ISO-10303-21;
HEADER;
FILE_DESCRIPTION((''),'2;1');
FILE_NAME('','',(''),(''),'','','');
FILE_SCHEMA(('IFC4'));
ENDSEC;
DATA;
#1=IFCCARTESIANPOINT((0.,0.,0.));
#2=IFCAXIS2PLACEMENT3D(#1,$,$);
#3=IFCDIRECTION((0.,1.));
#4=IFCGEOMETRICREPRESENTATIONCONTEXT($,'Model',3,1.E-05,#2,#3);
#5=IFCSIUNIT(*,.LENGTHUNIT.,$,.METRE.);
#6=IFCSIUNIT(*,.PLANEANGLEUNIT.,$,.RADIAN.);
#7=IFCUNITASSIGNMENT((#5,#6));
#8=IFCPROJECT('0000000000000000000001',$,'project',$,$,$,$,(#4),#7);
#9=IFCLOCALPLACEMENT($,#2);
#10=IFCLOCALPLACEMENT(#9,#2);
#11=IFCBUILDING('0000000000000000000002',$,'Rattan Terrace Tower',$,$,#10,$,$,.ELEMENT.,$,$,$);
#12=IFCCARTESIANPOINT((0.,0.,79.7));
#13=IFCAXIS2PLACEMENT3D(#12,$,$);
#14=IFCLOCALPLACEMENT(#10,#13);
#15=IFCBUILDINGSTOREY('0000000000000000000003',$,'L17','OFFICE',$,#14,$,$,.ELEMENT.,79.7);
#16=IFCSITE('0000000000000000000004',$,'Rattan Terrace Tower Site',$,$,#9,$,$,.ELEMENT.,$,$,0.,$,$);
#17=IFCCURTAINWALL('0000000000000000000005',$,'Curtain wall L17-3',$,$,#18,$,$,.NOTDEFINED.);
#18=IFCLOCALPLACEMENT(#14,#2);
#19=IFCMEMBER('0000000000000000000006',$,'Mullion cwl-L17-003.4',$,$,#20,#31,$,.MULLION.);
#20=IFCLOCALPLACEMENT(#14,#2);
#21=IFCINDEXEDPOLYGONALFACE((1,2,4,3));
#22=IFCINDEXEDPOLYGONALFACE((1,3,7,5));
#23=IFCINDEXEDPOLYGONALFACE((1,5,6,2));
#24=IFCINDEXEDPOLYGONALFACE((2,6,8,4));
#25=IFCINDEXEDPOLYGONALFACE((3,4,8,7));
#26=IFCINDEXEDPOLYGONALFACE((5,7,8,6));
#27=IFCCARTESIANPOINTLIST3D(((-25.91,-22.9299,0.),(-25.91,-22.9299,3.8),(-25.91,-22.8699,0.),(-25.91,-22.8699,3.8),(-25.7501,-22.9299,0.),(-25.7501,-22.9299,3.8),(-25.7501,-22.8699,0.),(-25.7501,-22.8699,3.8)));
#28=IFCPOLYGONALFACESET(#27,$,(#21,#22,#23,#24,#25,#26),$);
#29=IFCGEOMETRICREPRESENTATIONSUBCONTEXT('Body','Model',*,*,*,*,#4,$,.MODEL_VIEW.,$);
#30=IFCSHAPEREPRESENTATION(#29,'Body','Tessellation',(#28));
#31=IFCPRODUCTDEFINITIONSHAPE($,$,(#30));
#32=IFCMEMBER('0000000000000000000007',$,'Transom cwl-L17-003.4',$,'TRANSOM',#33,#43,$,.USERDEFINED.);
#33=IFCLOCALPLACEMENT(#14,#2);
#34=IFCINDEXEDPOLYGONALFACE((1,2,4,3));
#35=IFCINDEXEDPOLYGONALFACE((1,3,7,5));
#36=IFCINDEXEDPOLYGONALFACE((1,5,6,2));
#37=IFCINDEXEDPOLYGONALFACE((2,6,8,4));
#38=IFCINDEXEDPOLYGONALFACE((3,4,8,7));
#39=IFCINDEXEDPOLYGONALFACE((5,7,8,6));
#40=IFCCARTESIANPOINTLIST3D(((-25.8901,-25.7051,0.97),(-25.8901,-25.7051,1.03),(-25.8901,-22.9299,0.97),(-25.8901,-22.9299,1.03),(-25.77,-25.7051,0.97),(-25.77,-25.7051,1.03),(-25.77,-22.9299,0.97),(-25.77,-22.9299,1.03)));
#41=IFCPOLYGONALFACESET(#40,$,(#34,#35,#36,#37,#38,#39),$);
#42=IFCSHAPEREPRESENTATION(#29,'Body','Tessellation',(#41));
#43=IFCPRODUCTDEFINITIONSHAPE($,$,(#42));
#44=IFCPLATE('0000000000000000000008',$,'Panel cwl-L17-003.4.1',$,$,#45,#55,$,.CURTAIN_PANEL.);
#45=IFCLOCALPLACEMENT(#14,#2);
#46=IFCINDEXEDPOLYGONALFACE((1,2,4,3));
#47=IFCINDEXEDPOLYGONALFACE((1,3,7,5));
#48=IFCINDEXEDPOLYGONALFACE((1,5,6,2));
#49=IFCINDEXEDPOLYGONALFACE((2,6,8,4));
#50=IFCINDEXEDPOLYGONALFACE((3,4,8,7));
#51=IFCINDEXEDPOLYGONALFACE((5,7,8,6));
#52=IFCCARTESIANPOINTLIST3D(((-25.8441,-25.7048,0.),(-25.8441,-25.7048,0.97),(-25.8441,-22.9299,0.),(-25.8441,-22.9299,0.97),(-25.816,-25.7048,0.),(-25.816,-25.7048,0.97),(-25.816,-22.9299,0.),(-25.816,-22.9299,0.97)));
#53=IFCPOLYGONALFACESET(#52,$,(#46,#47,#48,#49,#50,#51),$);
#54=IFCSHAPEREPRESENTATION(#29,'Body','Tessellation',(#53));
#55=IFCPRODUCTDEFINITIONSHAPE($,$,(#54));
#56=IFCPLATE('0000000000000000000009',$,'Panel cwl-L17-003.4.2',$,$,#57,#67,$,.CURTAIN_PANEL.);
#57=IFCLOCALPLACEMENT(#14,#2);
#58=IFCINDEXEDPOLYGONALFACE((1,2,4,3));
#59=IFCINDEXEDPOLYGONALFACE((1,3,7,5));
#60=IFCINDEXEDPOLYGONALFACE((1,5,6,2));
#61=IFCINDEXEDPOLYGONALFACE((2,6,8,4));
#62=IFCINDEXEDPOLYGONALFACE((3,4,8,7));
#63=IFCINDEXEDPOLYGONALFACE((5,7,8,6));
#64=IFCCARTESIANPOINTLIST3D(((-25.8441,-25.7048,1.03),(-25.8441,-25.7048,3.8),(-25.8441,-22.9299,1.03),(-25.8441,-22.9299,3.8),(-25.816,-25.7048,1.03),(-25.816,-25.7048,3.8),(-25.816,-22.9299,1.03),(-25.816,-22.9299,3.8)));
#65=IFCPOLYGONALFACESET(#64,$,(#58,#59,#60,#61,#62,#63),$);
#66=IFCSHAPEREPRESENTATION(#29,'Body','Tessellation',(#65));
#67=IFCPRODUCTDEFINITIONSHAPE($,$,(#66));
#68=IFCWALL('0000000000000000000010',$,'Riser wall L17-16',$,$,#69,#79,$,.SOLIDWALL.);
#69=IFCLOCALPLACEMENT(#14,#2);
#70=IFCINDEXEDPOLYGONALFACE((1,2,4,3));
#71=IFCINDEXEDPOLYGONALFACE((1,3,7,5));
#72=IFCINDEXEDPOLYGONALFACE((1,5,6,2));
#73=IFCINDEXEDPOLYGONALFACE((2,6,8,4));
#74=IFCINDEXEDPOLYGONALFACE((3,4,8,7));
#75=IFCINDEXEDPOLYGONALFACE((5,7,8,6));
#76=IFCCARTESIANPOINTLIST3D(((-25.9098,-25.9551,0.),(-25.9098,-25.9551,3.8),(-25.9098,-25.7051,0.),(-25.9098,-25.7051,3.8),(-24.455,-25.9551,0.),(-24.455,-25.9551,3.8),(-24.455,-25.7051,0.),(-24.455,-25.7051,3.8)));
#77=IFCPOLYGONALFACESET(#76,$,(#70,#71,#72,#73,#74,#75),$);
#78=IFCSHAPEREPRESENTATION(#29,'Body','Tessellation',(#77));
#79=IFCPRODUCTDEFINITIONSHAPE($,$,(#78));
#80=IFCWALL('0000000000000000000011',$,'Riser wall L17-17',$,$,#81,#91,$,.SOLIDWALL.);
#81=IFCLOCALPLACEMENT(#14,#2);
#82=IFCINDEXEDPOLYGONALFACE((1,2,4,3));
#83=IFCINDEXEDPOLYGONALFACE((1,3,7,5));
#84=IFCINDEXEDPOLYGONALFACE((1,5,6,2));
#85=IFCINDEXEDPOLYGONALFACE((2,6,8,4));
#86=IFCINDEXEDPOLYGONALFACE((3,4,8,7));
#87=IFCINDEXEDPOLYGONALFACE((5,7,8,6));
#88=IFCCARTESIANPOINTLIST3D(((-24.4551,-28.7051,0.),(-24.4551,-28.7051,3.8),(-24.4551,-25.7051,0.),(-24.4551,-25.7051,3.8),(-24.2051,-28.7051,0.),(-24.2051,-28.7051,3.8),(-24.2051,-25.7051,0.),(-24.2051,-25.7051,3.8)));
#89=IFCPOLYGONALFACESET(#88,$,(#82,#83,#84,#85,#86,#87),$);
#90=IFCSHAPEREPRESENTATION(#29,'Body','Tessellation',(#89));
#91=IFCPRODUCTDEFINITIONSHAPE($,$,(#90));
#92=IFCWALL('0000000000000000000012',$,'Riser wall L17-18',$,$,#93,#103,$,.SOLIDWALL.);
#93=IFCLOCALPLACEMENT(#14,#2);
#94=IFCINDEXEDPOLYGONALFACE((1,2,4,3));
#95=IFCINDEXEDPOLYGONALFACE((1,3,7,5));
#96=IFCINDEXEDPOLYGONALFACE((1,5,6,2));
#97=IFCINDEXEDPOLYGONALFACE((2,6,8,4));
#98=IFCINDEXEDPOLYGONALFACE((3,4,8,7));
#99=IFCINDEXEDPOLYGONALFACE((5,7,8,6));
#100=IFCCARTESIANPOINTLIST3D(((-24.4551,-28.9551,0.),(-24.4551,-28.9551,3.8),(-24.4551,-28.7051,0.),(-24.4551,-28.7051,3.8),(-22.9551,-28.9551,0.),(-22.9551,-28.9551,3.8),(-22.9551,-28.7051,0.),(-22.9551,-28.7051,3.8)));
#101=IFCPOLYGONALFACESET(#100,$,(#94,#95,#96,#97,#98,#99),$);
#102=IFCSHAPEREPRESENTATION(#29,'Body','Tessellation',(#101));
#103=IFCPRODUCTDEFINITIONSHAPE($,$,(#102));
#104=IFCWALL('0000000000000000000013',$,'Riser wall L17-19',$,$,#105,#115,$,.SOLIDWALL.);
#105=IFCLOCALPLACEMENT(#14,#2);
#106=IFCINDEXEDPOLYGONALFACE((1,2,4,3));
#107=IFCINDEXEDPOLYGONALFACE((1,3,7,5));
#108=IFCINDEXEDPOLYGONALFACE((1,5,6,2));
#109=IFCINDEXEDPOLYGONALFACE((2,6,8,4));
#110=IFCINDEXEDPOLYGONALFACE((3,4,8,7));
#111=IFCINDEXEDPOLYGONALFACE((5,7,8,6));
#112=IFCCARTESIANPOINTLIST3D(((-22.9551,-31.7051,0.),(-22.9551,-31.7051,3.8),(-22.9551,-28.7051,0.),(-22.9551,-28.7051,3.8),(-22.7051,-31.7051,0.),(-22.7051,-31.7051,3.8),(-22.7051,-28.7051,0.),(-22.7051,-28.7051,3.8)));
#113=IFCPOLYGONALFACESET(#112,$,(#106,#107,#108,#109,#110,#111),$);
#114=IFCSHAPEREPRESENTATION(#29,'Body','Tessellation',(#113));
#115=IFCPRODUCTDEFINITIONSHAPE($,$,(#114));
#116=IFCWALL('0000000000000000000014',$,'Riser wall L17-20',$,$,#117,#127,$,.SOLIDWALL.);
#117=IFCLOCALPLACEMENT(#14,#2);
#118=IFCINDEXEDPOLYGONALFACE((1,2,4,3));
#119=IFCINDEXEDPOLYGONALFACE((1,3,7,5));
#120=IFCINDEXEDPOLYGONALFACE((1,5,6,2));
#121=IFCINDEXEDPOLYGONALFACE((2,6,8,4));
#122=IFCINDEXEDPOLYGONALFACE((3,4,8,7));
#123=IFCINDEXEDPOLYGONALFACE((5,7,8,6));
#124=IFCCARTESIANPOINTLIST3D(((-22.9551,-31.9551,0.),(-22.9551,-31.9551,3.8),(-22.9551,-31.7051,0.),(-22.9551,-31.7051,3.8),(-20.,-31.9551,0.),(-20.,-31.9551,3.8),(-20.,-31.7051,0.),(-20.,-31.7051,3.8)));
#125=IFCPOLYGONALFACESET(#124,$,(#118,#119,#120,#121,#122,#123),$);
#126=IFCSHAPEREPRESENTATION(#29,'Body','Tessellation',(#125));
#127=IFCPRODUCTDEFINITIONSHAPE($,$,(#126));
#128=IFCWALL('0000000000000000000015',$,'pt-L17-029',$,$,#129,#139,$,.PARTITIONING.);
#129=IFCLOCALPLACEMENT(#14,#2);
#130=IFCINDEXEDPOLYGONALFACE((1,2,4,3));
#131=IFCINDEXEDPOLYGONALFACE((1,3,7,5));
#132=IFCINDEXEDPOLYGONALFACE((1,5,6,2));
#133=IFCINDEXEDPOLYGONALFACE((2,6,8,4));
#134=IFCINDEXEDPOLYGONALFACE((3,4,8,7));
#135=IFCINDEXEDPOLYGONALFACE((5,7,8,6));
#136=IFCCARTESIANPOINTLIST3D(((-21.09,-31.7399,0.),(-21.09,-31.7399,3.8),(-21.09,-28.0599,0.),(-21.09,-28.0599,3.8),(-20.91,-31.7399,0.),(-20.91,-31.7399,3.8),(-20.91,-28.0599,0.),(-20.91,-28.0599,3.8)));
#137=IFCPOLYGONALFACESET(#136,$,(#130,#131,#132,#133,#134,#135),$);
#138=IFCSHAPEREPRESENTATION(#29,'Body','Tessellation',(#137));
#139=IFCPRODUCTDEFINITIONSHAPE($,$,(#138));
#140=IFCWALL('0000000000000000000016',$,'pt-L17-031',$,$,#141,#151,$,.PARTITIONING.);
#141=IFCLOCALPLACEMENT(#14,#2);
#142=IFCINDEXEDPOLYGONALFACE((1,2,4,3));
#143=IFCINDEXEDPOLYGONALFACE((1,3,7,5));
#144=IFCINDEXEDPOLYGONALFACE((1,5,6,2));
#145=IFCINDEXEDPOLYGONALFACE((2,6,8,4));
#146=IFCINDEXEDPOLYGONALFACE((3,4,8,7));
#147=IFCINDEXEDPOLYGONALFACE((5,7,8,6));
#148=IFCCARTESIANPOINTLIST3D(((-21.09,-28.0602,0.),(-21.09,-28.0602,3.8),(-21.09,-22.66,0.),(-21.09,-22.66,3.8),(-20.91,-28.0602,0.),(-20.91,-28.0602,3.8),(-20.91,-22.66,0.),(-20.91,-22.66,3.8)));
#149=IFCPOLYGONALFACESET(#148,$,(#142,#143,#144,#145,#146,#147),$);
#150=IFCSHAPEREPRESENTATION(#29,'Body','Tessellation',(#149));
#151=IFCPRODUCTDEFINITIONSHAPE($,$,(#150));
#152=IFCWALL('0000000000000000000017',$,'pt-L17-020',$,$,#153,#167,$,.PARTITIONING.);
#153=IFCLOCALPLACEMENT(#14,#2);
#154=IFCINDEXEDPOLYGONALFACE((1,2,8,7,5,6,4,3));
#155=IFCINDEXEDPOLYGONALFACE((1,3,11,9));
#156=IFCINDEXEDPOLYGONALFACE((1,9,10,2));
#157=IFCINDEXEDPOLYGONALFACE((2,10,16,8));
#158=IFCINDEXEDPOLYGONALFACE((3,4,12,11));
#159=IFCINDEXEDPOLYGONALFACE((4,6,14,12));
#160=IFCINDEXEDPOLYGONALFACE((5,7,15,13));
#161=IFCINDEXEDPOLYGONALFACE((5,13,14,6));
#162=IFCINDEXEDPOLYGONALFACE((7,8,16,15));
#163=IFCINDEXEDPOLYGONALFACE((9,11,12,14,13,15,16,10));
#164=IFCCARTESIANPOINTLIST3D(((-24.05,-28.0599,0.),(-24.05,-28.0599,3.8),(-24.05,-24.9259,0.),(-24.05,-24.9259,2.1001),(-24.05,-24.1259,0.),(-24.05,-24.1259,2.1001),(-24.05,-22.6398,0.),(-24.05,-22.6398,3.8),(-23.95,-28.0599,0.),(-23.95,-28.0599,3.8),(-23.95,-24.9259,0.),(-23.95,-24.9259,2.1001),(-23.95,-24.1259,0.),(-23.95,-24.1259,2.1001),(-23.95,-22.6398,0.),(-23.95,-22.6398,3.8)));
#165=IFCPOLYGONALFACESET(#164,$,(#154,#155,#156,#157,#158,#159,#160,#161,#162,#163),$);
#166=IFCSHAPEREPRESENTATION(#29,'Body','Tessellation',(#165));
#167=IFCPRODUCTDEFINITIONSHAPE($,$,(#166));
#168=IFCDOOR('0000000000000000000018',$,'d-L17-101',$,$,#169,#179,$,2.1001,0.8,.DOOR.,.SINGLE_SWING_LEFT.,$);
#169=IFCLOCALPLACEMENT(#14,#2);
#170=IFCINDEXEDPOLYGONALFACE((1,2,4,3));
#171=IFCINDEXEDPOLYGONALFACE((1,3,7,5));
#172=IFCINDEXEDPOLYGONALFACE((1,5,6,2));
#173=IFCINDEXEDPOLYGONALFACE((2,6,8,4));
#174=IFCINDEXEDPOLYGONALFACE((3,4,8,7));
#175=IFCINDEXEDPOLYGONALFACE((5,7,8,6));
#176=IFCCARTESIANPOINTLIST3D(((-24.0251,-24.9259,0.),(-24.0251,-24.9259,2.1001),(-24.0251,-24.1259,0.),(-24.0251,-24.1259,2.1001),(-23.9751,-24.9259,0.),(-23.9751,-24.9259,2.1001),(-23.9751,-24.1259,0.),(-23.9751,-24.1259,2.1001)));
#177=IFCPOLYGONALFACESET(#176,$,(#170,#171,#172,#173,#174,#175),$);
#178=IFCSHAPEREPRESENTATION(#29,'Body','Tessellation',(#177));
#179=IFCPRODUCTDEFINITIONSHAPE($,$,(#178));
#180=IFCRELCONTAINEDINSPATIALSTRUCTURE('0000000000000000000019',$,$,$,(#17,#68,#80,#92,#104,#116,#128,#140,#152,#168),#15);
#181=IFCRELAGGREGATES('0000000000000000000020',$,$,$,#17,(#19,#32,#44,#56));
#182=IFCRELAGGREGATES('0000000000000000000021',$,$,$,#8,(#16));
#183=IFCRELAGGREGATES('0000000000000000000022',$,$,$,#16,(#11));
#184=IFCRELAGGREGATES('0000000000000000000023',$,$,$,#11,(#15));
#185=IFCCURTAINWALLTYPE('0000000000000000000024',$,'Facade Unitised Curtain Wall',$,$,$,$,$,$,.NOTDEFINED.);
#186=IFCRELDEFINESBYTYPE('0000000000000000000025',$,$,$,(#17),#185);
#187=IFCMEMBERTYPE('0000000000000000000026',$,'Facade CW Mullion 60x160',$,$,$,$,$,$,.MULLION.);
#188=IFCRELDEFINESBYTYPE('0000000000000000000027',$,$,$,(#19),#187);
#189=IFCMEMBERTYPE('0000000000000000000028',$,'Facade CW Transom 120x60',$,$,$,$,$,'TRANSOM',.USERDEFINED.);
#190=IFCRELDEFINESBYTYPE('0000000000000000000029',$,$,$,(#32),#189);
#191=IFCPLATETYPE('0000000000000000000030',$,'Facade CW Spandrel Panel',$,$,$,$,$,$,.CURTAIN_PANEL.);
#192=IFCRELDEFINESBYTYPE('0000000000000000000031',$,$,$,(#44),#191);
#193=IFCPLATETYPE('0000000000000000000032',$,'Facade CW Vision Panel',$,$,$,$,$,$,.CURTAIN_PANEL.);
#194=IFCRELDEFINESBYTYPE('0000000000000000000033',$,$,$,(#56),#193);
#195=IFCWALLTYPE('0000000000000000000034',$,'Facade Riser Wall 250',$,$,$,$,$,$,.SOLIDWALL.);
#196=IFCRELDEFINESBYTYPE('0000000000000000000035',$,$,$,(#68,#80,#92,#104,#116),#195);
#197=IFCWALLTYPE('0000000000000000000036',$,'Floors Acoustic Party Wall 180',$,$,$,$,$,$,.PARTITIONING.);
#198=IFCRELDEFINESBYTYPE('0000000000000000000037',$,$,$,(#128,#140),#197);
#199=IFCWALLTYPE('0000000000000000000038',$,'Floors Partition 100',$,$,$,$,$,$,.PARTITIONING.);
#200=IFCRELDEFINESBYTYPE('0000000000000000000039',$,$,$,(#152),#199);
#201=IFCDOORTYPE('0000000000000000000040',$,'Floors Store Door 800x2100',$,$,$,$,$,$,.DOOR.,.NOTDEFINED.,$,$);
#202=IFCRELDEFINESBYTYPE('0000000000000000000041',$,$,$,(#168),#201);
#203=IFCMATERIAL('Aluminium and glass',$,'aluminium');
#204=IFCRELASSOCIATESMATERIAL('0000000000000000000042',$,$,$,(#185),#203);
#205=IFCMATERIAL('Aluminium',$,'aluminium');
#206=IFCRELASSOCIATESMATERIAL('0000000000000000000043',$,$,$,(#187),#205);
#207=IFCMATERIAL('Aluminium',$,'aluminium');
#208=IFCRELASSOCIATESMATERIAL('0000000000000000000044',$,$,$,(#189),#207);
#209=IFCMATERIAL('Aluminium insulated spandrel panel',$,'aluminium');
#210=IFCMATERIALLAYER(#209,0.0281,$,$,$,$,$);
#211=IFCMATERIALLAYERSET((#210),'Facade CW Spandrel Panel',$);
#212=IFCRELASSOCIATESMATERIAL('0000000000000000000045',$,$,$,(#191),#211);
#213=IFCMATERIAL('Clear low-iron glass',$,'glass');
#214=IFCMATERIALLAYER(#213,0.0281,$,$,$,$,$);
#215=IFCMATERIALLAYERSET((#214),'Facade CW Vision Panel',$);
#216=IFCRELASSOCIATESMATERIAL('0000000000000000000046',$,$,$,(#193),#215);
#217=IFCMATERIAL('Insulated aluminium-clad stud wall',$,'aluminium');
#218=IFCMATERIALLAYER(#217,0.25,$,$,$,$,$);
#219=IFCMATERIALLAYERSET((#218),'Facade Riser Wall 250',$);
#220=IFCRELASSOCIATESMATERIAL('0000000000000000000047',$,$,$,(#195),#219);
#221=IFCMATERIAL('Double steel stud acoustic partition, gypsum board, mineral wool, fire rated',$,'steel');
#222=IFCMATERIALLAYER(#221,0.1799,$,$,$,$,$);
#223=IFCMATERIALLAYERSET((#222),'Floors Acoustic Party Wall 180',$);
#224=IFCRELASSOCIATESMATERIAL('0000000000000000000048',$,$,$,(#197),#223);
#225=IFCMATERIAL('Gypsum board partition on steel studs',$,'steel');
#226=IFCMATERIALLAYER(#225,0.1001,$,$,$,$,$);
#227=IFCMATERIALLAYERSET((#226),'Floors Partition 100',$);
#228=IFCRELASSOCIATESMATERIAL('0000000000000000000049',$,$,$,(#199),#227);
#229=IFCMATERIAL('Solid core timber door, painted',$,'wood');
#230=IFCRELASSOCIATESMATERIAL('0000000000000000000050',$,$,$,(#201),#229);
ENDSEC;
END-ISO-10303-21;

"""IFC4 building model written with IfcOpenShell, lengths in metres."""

from ifc_helpers import new_model, si_unit, direction, frame, frame_2d, origin, origin_2d, place, context, subcontext, project, spatial, rectangle, extrude, material, layer, layer_set, material_profile, profile_set, type_object, element, fill, aggregate, save


model = new_model("IFC4")

# Units and contexts
model_context = context("Model", 3, precision=1e-05, world=origin(), true_north=direction((0.0, 1.0)))
body_context = subcontext(model_context, "Body", "Model", "MODEL_VIEW")
ifc_project = project(units=[si_unit("LENGTHUNIT", "METRE"), si_unit("PLANEANGLEUNIT", "RADIAN")], contexts=[model_context])

# Site, building, storey
site_placement = place(None, origin())
site = spatial("IfcSite", under=ifc_project, at=site_placement, Name="Rattan Terrace Tower Site", CompositionType="ELEMENT", RefElevation=0.0)
building_placement = place(site_placement, origin())
building = spatial("IfcBuilding", under=site, at=building_placement, Name="Rattan Terrace Tower", CompositionType="ELEMENT")
storey_placement = place(building_placement, frame((0.0, 0.0, 79.7)))
storey = spatial("IfcBuildingStorey", under=building, at=storey_placement, Name="L17", Description="OFFICE", CompositionType="ELEMENT", Elevation=79.7)

# Curtain wall, members, plates
ifc_material_1 = material(Name="Aluminium and glass", Category="aluminium")
curtain_wall_type = type_object("IfcCurtainWallType", Name="Facade Unitised Curtain Wall", PredefinedType="NOTDEFINED", material=ifc_material_1)
curtain_wall_placement = place(storey_placement, origin())
curtain_wall = element("IfcCurtainWall", 1, at=curtain_wall_placement, inside=storey, type_object=curtain_wall_type, Name="Curtain wall L17-3", PredefinedType="NOTDEFINED")
ifc_material_2 = material(Name="Aluminium", Category="aluminium")
ifc_material_profile_1 = material_profile(ifc_material_2, rectangle(XDim=0.0601, YDim=0.1599, at=origin_2d()), Name="Aluminium 60x160")
ifc_profile_set_1 = profile_set([ifc_material_profile_1], Name="Aluminium")
member_type_1 = type_object("IfcMemberType", Name="Facade CW Mullion 60x160", PredefinedType="MULLION", material=ifc_profile_set_1)
member_1_placement = place(storey_placement, frame((-25.8301, -22.8999, 0.0), z_axis=(0.0, 0.0, 1.0), x_axis=(0.0, -1.0, 0.0)))
member_1 = element("IfcMember", 2, at=member_1_placement, type_object=member_type_1, Name="Mullion cwl-L17-003.4", PredefinedType="MULLION", context=body_context, shape_type="SweptSolid", body=[
    extrude(rectangle(XDim=0.0601, YDim=0.1599, at=origin_2d()), origin(), (0.0, 0.0, 1.0), 3.8),
])
ifc_material_3 = material(Name="Aluminium", Category="aluminium")
ifc_material_profile_2 = material_profile(ifc_material_3, rectangle(XDim=0.1201, YDim=0.0601, at=origin_2d()), Name="Aluminium 120x60")
ifc_profile_set_2 = profile_set([ifc_material_profile_2], Name="Aluminium")
member_type_2 = type_object("IfcMemberType", Name="Facade CW Transom 120x60", ElementType="TRANSOM", PredefinedType="USERDEFINED", material=ifc_profile_set_2)
member_2_placement = place(storey_placement, frame((-25.8301, -22.9299, 1.0), z_axis=(0.0, -1.0, 0.0), x_axis=(1.0, 0.0, 0.0)))
member_2 = element("IfcMember", 3, at=member_2_placement, type_object=member_type_2, Name="Transom cwl-L17-003.4", ObjectType="TRANSOM", PredefinedType="USERDEFINED", context=body_context, shape_type="SweptSolid", body=[
    extrude(rectangle(XDim=0.1201, YDim=0.0601, at=origin_2d()), origin(), (0.0, 0.0, 1.0), 2.7751),
])
ifc_material_4 = material(Name="Aluminium insulated spandrel panel", Category="aluminium")
ifc_layer_1 = layer(ifc_material_4, 0.0281)
ifc_layer_set_1 = layer_set([ifc_layer_1], Name="Facade CW Spandrel Panel")
plate_type_1 = type_object("IfcPlateType", Name="Facade CW Spandrel Panel", PredefinedType="CURTAIN_PANEL", material=ifc_layer_set_1)
plate_1_placement = place(storey_placement, frame((-25.8301, -24.3174, 0.0), z_axis=(0.0, 0.0, 1.0), x_axis=(0.0, -1.0, 0.0)))
plate_1 = element("IfcPlate", 4, at=plate_1_placement, type_object=plate_type_1, Name="Panel cwl-L17-003.4.1", PredefinedType="CURTAIN_PANEL", context=body_context, shape_type="SweptSolid", body=[
    extrude(rectangle(XDim=2.7749, YDim=0.0281, at=origin_2d()), origin(), (0.0, 0.0, 1.0), 0.97),
])
ifc_material_5 = material(Name="Clear low-iron glass", Category="glass")
ifc_layer_2 = layer(ifc_material_5, 0.0281)
ifc_layer_set_2 = layer_set([ifc_layer_2], Name="Facade CW Vision Panel")
plate_type_2 = type_object("IfcPlateType", Name="Facade CW Vision Panel", PredefinedType="CURTAIN_PANEL", material=ifc_layer_set_2)
plate_2_placement = place(storey_placement, frame((-25.8301, -24.3174, 1.03), z_axis=(0.0, 0.0, 1.0), x_axis=(0.0, -1.0, 0.0)))
plate_2 = element("IfcPlate", 5, at=plate_2_placement, type_object=plate_type_2, Name="Panel cwl-L17-003.4.2", PredefinedType="CURTAIN_PANEL", context=body_context, shape_type="SweptSolid", body=[
    extrude(rectangle(XDim=2.7749, YDim=0.0281, at=origin_2d()), origin(), (0.0, 0.0, 1.0), 2.77),
])
aggregate(curtain_wall, [member_1, member_2, plate_1, plate_2])

# Walls
ifc_material_6 = material(Name="Insulated aluminium-clad stud wall", Category="aluminium")
ifc_layer_3 = layer(ifc_material_6, 0.25)
ifc_layer_set_3 = layer_set([ifc_layer_3], Name="Facade Riser Wall 250")
wall_type_1 = type_object("IfcWallType", Name="Facade Riser Wall 250", PredefinedType="SOLIDWALL", material=ifc_layer_set_3)
wall_1_placement = place(storey_placement, frame((-25.9099, -25.8301, 0.0), z_axis=(0.0, 0.0, 1.0), x_axis=(1.0, 0.0, 0.0)))
element("IfcWall", 6, at=wall_1_placement, inside=storey, type_object=wall_type_1, Name="Riser wall L17-16", PredefinedType="SOLIDWALL", context=body_context, shape_type="SweptSolid", body=[
    extrude(rectangle(XDim=1.4548, YDim=0.25, at=frame_2d((0.7275, 0.0))), origin(), (0.0, 0.0, 1.0), 3.8),
])
wall_2_placement = place(storey_placement, frame((-24.3301, -25.7051, 0.0), z_axis=(0.0, 0.0, 1.0), x_axis=(0.0, -1.0, 0.0)))
element("IfcWall", 7, at=wall_2_placement, inside=storey, type_object=wall_type_1, Name="Riser wall L17-17", PredefinedType="SOLIDWALL", context=body_context, shape_type="SweptSolid", body=[
    extrude(rectangle(XDim=3.0, YDim=0.25, at=frame_2d((1.5, 0.0))), origin(), (0.0, 0.0, 1.0), 3.8),
])
wall_3_placement = place(storey_placement, frame((-24.4551, -28.8301, 0.0), z_axis=(0.0, 0.0, 1.0), x_axis=(1.0, 0.0, 0.0)))
element("IfcWall", 8, at=wall_3_placement, inside=storey, type_object=wall_type_1, Name="Riser wall L17-18", PredefinedType="SOLIDWALL", context=body_context, shape_type="SweptSolid", body=[
    extrude(rectangle(XDim=1.5, YDim=0.25, at=frame_2d((0.75, 0.0))), origin(), (0.0, 0.0, 1.0), 3.8),
])
wall_4_placement = place(storey_placement, frame((-22.8301, -28.7051, 0.0), z_axis=(0.0, 0.0, 1.0), x_axis=(0.0, -1.0, 0.0)))
element("IfcWall", 9, at=wall_4_placement, inside=storey, type_object=wall_type_1, Name="Riser wall L17-19", PredefinedType="SOLIDWALL", context=body_context, shape_type="SweptSolid", body=[
    extrude(rectangle(XDim=3.0, YDim=0.25, at=frame_2d((1.5, 0.0))), origin(), (0.0, 0.0, 1.0), 3.8),
])
wall_5_placement = place(storey_placement, frame((-22.9551, -31.8301, 0.0), z_axis=(0.0, 0.0, 1.0), x_axis=(1.0, 0.0, 0.0)))
element("IfcWall", 10, at=wall_5_placement, inside=storey, type_object=wall_type_1, Name="Riser wall L17-20", PredefinedType="SOLIDWALL", context=body_context, shape_type="SweptSolid", body=[
    extrude(rectangle(XDim=2.9551, YDim=0.25, at=frame_2d((1.4775, 0.0))), origin(), (0.0, 0.0, 1.0), 3.8),
])
ifc_material_7 = material(Name="Double steel stud acoustic partition, gypsum board, mineral wool, fire rated", Category="steel")
ifc_layer_4 = layer(ifc_material_7, 0.1799)
ifc_layer_set_4 = layer_set([ifc_layer_4], Name="Floors Acoustic Party Wall 180")
wall_type_2 = type_object("IfcWallType", Name="Floors Acoustic Party Wall 180", PredefinedType="PARTITIONING", material=ifc_layer_set_4)
wall_6_placement = place(storey_placement, frame((-21.0, -28.0601, 0.0), z_axis=(0.0, 0.0, 1.0), x_axis=(0.0, -1.0, 0.0)))
element("IfcWall", 11, at=wall_6_placement, inside=storey, type_object=wall_type_2, Name="pt-L17-029", PredefinedType="PARTITIONING", context=body_context, shape_type="SweptSolid", body=[
    extrude(rectangle(XDim=3.6799, YDim=0.1799, at=frame_2d((1.8398, 0.0))), origin(), (0.0, 0.0, 1.0), 3.8),
])
wall_7_placement = place(storey_placement, frame((-21.0, -22.6599, 0.0), z_axis=(0.0, 0.0, 1.0), x_axis=(0.0, -1.0, 0.0)))
element("IfcWall", 12, at=wall_7_placement, inside=storey, type_object=wall_type_2, Name="pt-L17-031", PredefinedType="PARTITIONING", context=body_context, shape_type="SweptSolid", body=[
    extrude(rectangle(XDim=5.4001, YDim=0.1799, at=frame_2d((2.7002, 0.0))), origin(), (0.0, 0.0, 1.0), 3.8),
])

# Wall, opening, door
ifc_material_8 = material(Name="Gypsum board partition on steel studs", Category="steel")
ifc_layer_5 = layer(ifc_material_8, 0.1001)
ifc_layer_set_5 = layer_set([ifc_layer_5], Name="Floors Partition 100")
wall_type_3 = type_object("IfcWallType", Name="Floors Partition 100", PredefinedType="PARTITIONING", material=ifc_layer_set_5)
wall_8_placement = place(storey_placement, frame((-24.0, -22.6399, 0.0), z_axis=(0.0, 0.0, 1.0), x_axis=(0.0, -1.0, 0.0)))
wall_8 = element("IfcWall", 13, at=wall_8_placement, inside=storey, type_object=wall_type_3, Name="pt-L17-020", PredefinedType="PARTITIONING", context=body_context, shape_type="SweptSolid", body=[
    extrude(rectangle(XDim=5.4202, YDim=0.1001, at=frame_2d((2.71, 0.0))), origin(), (0.0, 0.0, 1.0), 3.8),
])
opening_placement = place(wall_8_placement, frame((1.4861, 0.0, 0.0)))
opening = element("IfcOpeningElement", 14, at=opening_placement, cuts=wall_8, PredefinedType="OPENING", context=body_context, shape_type="SweptSolid", body=[
    extrude(rectangle(XDim=0.8, YDim=2.1001, at=frame_2d((0.3999, 1.05))), frame((0.0, 0.0605, 0.0), z_axis=(0.0, -1.0, 0.0), x_axis=(1.0, 0.0, 0.0)), (0.0, 0.0, 1.0), 0.1211),
])
ifc_material_9 = material(Name="Solid core timber door, painted", Category="wood")
door_type = type_object("IfcDoorType", Name="Floors Store Door 800x2100", OperationType="NOTDEFINED", PredefinedType="DOOR", material=ifc_material_9)
door_placement = place(opening_placement, origin())
door = element("IfcDoor", 15, at=door_placement, inside=storey, type_object=door_type, Name="d-L17-101", OperationType="SINGLE_SWING_LEFT", OverallHeight=2.1001, OverallWidth=0.8, PredefinedType="DOOR", context=body_context, shape_type="SweptSolid", body=[
    extrude(rectangle(XDim=0.8, YDim=2.1001, at=frame_2d((0.3999, 1.05))), frame((0.0, 0.0249, 0.0), z_axis=(0.0, -1.0, 0.0), x_axis=(1.0, 0.0, 0.0)), (0.0, 0.0, 1.0), 0.05),
])
fill(opening, door)

save(model, "model.ifc")
